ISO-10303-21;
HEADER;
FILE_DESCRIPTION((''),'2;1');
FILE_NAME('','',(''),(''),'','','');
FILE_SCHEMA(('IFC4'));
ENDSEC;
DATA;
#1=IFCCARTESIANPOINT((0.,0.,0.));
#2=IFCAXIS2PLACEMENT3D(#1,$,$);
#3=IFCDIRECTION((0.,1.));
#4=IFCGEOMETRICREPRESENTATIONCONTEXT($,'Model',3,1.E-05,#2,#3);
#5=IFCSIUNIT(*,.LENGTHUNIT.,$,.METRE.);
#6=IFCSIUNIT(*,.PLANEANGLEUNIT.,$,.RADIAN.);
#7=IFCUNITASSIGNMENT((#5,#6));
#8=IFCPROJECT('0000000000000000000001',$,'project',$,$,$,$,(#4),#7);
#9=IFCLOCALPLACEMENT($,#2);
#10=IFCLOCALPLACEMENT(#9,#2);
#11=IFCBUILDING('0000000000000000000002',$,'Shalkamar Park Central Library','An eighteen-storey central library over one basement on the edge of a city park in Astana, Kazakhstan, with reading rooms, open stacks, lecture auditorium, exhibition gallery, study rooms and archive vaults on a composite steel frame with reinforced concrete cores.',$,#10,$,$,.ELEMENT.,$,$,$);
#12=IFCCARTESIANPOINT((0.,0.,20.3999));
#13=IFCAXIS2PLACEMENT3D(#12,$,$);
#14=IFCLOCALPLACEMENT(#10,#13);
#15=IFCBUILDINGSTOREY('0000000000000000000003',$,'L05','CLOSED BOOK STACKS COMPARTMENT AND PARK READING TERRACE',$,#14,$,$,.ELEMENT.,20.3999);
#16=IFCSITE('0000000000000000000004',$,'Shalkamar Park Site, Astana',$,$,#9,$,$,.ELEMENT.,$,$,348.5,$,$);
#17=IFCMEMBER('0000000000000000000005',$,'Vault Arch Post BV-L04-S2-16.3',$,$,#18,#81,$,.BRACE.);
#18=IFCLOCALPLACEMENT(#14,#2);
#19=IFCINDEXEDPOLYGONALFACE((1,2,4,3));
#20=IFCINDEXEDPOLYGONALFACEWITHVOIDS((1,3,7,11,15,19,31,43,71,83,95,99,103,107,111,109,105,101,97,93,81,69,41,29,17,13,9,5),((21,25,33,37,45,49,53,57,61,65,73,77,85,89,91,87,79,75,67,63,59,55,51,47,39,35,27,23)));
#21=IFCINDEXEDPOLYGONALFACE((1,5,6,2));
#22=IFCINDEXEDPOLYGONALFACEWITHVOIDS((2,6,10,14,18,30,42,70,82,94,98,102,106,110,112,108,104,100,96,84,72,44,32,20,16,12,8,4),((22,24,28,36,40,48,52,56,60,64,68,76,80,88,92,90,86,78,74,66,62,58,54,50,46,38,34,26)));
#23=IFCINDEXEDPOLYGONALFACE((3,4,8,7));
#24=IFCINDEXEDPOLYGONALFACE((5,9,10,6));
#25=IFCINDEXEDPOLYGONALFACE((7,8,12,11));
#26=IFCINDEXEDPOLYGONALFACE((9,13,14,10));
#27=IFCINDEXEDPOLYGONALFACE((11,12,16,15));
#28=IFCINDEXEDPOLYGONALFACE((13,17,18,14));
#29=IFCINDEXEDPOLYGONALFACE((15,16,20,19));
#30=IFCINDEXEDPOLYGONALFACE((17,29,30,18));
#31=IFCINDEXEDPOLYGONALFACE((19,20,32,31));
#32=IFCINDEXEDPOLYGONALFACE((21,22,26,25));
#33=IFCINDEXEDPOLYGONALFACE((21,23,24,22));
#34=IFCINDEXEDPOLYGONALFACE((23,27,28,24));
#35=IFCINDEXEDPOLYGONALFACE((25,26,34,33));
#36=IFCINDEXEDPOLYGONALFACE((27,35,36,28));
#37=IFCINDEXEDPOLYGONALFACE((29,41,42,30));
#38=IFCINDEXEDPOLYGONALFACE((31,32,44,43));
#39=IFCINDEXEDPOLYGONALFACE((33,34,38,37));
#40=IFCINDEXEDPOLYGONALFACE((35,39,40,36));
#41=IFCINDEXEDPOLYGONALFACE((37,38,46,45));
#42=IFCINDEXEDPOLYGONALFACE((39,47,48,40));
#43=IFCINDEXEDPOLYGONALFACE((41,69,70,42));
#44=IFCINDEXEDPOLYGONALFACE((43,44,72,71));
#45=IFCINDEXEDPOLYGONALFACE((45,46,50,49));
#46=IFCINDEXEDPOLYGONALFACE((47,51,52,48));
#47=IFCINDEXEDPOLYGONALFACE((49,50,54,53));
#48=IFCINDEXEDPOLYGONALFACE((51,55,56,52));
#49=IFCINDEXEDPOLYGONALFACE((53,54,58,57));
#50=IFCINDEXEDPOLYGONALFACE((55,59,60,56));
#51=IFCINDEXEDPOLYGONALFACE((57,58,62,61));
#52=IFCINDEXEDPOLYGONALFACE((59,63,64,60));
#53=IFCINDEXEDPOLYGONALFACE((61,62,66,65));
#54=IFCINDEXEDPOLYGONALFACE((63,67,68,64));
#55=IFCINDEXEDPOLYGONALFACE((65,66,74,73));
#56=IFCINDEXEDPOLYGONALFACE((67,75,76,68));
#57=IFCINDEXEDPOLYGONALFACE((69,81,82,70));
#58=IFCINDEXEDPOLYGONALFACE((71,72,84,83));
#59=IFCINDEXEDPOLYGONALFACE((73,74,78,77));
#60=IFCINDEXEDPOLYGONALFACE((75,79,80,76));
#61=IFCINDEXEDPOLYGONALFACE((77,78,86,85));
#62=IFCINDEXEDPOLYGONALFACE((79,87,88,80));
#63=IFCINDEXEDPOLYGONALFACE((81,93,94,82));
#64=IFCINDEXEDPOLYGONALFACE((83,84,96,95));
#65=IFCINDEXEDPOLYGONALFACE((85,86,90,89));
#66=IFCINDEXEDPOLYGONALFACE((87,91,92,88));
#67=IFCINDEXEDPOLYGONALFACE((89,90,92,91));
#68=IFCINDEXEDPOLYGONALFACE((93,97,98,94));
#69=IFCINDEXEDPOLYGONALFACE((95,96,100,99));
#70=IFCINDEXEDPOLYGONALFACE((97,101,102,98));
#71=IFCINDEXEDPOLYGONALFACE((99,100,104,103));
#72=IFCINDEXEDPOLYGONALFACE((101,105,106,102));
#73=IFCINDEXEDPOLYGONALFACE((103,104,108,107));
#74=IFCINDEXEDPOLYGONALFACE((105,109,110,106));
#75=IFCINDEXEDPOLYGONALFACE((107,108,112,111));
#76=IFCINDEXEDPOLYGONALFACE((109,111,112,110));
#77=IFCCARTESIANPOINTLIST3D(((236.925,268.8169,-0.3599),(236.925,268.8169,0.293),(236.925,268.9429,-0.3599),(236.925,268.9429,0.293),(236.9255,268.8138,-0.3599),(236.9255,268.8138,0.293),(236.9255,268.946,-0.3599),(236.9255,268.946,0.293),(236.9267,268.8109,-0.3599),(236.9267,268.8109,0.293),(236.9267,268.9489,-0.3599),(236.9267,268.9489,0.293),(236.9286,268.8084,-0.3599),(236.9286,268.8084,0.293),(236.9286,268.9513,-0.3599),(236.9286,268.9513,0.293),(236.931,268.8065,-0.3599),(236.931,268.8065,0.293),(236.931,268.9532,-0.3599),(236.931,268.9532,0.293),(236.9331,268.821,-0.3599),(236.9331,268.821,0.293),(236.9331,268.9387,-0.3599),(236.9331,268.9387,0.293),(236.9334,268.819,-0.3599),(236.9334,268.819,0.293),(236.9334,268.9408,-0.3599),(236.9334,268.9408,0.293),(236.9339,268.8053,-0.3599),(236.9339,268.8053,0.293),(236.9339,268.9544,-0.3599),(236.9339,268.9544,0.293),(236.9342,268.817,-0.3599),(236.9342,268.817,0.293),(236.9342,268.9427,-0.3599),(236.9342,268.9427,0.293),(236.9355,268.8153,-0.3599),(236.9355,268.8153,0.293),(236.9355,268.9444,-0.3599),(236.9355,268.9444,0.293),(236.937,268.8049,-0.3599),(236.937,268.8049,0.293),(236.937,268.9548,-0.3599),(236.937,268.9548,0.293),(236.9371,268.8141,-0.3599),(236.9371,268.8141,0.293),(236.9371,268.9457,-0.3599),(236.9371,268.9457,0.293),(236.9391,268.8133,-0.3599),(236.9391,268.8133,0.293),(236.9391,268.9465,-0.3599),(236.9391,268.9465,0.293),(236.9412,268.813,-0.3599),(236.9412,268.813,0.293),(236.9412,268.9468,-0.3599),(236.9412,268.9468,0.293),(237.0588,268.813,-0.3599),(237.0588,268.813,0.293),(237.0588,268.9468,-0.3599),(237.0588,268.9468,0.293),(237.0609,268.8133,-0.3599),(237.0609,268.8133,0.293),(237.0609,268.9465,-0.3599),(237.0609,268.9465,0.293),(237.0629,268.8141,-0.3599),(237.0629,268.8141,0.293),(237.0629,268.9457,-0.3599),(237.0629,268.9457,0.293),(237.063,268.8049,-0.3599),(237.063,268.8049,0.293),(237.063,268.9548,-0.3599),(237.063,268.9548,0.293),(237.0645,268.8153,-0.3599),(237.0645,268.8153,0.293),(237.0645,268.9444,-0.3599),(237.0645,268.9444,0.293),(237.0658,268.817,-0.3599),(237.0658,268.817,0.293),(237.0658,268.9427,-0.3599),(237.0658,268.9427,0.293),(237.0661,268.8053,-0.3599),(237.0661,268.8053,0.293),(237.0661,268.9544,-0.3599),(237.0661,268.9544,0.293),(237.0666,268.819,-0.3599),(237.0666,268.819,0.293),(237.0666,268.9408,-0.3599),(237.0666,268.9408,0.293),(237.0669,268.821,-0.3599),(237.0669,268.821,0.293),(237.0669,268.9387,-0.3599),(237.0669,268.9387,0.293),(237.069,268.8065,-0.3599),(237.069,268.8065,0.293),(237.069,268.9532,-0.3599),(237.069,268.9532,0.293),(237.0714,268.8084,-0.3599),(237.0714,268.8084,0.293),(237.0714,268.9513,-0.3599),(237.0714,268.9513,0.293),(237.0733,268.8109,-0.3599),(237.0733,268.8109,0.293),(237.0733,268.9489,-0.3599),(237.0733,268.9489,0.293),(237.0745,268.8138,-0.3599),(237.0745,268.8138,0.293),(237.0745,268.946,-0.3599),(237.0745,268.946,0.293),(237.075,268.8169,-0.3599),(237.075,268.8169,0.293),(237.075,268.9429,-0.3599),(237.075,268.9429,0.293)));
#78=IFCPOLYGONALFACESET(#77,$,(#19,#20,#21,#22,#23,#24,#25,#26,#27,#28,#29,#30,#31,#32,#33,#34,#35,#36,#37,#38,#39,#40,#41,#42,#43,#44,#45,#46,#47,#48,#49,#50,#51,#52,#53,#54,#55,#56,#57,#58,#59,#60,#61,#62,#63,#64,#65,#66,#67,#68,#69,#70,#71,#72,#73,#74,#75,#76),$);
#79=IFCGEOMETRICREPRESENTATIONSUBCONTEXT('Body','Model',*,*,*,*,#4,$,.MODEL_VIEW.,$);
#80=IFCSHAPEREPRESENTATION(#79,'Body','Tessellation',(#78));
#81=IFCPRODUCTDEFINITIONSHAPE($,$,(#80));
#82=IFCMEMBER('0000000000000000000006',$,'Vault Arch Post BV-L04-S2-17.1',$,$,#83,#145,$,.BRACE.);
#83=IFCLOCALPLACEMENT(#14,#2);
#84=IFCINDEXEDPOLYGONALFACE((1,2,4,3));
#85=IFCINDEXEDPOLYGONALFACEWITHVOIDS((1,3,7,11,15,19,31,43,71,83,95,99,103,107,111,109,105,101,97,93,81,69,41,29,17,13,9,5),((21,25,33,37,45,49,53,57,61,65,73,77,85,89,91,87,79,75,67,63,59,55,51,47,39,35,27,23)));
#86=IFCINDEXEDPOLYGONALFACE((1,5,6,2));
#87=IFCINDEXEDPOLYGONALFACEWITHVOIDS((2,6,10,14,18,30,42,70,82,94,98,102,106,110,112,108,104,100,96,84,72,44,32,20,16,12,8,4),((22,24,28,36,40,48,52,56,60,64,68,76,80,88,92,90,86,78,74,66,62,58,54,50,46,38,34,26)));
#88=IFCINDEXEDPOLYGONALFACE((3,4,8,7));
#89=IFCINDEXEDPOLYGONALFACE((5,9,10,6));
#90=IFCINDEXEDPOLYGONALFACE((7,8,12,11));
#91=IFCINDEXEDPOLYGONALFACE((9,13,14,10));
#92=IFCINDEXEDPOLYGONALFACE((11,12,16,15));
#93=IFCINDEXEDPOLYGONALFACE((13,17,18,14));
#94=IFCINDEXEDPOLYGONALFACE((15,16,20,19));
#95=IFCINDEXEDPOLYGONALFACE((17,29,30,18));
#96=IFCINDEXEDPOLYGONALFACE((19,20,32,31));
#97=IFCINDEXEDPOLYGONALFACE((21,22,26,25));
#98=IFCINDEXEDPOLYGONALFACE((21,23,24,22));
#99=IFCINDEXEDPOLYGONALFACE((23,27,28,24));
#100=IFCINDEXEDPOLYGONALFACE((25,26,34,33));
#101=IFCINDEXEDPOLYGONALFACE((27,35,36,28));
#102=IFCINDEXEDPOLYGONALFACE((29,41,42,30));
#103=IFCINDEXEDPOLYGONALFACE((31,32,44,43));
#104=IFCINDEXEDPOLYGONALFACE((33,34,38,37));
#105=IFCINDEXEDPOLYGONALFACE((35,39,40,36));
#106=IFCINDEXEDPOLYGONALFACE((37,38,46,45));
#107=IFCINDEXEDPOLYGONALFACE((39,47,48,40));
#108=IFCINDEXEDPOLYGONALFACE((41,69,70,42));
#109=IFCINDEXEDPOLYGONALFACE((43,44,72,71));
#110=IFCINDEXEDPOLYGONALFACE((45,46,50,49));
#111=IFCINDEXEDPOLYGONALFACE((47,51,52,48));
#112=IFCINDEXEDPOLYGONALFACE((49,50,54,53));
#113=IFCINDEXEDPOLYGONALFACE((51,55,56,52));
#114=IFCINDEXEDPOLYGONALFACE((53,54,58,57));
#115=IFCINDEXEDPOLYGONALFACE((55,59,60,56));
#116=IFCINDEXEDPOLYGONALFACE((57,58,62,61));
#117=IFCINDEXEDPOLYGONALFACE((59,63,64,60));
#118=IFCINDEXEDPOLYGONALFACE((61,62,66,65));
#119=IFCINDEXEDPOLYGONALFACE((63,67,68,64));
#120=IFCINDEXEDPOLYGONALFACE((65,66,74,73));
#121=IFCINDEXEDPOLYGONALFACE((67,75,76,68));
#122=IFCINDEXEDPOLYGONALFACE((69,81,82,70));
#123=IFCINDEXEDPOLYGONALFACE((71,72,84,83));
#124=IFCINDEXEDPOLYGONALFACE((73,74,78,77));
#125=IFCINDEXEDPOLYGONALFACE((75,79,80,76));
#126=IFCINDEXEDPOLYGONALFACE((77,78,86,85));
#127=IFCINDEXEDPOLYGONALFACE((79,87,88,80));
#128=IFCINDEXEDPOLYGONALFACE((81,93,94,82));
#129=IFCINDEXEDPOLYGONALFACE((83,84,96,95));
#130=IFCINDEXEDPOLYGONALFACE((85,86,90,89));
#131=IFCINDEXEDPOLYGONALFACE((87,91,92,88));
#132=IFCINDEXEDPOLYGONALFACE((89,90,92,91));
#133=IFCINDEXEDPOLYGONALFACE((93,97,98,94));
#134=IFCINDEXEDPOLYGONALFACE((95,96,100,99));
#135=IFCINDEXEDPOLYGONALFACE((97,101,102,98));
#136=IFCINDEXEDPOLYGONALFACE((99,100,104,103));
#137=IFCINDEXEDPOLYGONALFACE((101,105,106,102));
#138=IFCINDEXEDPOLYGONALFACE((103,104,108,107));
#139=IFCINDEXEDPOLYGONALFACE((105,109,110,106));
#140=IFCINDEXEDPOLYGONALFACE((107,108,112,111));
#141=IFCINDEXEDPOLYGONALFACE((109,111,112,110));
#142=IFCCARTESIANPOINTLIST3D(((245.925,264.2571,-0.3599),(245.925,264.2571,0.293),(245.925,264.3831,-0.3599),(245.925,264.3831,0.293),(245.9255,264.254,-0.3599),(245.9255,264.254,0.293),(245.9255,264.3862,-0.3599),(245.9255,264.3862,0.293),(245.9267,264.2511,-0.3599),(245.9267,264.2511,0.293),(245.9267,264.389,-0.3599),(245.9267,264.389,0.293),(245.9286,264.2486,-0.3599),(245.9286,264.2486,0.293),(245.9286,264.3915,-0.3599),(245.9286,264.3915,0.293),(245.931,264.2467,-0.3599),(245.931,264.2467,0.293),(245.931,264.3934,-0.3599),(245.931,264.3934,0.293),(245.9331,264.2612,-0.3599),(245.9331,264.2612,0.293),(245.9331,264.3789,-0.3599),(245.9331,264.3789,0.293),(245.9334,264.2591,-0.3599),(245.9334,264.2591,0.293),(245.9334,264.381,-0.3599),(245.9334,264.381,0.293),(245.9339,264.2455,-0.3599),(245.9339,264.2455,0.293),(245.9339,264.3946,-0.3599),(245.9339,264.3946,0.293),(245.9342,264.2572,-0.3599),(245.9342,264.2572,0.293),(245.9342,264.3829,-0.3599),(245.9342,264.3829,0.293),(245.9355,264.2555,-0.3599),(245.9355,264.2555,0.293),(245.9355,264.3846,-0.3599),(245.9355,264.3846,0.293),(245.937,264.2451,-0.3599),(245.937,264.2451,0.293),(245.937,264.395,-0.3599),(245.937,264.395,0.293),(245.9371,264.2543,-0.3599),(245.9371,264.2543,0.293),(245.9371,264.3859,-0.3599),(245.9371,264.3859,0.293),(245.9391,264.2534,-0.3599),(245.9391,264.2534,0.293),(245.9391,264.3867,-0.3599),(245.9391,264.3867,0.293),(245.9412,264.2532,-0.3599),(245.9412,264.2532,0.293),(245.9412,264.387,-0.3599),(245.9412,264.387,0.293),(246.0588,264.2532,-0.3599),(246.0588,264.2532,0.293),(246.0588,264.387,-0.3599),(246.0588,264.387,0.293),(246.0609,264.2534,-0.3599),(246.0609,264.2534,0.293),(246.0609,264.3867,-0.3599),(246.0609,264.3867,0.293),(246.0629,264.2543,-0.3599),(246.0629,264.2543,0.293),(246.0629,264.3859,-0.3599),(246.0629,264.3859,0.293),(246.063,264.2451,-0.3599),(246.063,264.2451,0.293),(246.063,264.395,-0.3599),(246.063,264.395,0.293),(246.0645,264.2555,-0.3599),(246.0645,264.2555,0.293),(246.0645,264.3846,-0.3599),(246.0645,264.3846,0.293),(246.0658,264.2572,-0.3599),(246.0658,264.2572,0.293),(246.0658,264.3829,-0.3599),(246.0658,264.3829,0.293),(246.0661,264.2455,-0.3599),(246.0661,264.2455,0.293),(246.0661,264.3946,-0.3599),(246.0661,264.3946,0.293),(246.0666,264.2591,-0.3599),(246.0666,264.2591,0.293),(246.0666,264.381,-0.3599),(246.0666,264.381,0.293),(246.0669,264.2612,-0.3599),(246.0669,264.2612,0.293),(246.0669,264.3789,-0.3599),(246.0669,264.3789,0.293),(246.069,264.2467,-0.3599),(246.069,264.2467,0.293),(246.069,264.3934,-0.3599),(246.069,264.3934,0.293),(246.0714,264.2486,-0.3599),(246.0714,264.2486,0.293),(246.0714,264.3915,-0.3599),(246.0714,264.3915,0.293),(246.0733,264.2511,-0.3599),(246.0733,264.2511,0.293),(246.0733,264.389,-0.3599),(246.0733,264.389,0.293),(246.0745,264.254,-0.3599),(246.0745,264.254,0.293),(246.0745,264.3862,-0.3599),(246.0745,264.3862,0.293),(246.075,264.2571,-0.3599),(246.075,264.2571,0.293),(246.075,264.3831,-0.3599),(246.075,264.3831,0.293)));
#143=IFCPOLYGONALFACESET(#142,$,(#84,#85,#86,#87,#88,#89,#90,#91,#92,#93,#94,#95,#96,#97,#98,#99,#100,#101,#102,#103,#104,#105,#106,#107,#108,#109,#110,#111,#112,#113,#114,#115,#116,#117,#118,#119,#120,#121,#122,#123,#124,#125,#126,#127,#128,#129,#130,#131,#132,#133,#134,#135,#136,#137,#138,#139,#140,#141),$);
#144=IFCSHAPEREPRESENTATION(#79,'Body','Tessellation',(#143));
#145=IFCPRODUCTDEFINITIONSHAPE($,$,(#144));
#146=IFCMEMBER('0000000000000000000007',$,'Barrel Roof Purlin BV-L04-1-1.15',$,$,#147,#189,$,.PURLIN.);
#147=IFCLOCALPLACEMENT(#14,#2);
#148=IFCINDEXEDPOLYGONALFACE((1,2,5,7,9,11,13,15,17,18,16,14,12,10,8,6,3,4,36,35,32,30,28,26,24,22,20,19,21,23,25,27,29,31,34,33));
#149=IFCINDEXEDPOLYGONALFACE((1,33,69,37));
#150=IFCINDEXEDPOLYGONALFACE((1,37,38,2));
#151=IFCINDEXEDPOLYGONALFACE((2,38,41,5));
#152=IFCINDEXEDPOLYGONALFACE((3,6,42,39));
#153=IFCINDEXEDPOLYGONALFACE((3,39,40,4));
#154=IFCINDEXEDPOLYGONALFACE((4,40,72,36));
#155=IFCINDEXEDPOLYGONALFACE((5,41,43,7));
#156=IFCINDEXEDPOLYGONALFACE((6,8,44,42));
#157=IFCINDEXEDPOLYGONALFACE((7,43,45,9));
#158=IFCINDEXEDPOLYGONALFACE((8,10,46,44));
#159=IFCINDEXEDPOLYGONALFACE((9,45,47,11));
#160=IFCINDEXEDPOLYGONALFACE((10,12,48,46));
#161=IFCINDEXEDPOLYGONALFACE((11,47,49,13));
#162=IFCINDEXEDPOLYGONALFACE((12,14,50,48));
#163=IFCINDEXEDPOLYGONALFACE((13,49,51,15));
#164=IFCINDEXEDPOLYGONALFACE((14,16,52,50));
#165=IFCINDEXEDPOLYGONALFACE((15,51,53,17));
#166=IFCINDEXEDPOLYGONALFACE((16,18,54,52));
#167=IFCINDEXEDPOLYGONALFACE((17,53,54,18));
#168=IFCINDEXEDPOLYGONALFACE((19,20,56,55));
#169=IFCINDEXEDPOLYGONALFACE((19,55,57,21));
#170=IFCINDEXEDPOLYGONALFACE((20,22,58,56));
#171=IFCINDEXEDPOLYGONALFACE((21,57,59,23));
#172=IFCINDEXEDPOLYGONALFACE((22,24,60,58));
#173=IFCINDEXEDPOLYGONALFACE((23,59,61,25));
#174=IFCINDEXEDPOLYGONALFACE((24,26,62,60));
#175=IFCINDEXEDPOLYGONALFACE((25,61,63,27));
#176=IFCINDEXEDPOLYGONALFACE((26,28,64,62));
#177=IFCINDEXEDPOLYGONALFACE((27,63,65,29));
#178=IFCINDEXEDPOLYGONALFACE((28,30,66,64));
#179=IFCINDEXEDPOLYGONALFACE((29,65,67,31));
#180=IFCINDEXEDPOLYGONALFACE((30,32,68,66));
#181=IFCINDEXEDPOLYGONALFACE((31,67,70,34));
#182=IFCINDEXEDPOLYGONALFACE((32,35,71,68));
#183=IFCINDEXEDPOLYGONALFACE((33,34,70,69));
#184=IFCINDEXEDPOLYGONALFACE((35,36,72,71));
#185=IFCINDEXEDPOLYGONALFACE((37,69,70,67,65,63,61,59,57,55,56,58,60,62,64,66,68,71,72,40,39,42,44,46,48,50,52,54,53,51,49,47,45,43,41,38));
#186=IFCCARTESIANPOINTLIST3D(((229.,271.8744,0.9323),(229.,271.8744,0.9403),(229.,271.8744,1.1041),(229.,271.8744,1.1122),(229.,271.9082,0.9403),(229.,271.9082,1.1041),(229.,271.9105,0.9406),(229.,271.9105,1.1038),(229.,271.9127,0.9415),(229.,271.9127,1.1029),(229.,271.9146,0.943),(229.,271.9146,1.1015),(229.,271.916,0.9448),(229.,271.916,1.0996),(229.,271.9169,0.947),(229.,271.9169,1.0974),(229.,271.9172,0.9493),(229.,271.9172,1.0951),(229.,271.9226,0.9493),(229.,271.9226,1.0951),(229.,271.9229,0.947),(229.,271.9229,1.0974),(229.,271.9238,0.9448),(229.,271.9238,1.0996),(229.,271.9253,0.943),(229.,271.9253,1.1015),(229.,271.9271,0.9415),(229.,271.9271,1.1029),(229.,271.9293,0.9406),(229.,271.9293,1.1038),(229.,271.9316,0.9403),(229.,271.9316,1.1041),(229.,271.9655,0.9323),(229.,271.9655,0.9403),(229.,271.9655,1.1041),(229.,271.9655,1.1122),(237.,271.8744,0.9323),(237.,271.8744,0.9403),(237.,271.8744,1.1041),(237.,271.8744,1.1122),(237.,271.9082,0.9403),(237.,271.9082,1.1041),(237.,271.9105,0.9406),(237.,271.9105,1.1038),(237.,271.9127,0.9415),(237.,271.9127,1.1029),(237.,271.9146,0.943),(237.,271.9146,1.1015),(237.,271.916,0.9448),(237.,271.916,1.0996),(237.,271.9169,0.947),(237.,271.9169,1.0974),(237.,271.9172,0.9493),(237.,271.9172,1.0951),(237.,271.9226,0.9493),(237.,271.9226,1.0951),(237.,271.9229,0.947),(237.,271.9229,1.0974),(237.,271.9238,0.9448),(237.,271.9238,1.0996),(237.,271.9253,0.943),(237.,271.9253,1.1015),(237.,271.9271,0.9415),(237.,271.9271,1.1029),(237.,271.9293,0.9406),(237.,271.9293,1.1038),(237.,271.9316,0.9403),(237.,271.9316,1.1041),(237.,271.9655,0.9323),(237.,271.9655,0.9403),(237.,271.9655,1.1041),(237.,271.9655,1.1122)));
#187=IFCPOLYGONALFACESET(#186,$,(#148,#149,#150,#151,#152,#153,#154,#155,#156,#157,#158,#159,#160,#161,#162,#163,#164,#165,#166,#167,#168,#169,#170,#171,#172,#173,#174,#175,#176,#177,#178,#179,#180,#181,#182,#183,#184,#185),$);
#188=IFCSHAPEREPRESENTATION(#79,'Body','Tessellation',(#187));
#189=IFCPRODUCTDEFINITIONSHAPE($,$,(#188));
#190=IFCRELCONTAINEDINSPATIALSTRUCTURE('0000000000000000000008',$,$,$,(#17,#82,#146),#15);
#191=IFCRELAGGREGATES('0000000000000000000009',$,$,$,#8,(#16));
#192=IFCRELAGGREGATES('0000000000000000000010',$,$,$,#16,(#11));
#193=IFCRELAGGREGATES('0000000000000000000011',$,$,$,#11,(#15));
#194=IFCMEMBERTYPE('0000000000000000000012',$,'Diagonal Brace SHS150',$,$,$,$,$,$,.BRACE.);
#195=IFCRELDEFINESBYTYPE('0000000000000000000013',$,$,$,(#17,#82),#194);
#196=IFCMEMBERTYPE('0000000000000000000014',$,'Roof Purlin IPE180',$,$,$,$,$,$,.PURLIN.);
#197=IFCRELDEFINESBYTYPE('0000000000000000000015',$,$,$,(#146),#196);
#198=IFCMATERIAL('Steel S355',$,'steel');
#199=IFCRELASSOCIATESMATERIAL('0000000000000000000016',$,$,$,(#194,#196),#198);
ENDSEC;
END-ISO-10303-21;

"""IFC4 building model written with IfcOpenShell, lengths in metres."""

from ifc_helpers import new_model, si_unit, direction, frame, origin, origin_2d, place, context, subcontext, project, spatial, hollow_rectangle, i_section, extrude, material, material_profile, profile_set, type_object, element, save


model = new_model("IFC4")

# Units and contexts
model_context = context("Model", 3, precision=1e-05, world=origin(), true_north=direction((0.0, 1.0)))
body_context = subcontext(model_context, "Body", "Model", "MODEL_VIEW")
ifc_project = project(units=[si_unit("LENGTHUNIT", "METRE"), si_unit("PLANEANGLEUNIT", "RADIAN")], contexts=[model_context])

# Site, building, storey
site_placement = place(None, origin())
site = spatial("IfcSite", under=ifc_project, at=site_placement, Name="Shalkamar Park Site, Astana", CompositionType="ELEMENT", RefElevation=348.5)
building_placement = place(site_placement, origin())
building = spatial("IfcBuilding", under=site, at=building_placement, Name="Shalkamar Park Central Library", Description="An eighteen-storey central library over one basement on the edge of a city park in Astana, Kazakhstan, with reading rooms, open stacks, lecture auditorium, exhibition gallery, study rooms and archive vaults on a composite steel frame with reinforced concrete cores.", CompositionType="ELEMENT")
storey_placement = place(building_placement, frame((0.0, 0.0, 20.3999)))
storey = spatial("IfcBuildingStorey", under=building, at=storey_placement, Name="L05", Description="CLOSED BOOK STACKS COMPARTMENT AND PARK READING TERRACE", CompositionType="ELEMENT", Elevation=20.3999)

# Members
ifc_material_1 = material(Name="Steel S355", Category="steel")
ifc_material_profile_1 = material_profile(ifc_material_1, hollow_rectangle(XDim=0.1499, YDim=0.1499, WallThickness=0.0081, InnerFilletRadius=0.0081, OuterFilletRadius=0.012, at=origin_2d()), Name="SHS 150x150x8")
ifc_profile_set_1 = profile_set([ifc_material_profile_1], Name="Steel S355")
member_type_1 = type_object("IfcMemberType", Name="Diagonal Brace SHS150", PredefinedType="BRACE", material=ifc_profile_set_1)
for number, where, z_axis, x_axis, name in (
    (1, (237.0, 268.8799, -0.3599), (0.0, 0.0, 1.0), (1.0, 0.0, 0.0), "Vault Arch Post BV-L04-S2-16.3"),
    (2, (246.0, 264.3201, -0.3599), (0.0, 0.0, 1.0), (1.0, 0.0, 0.0), "Vault Arch Post BV-L04-S2-17.1"),
):
    element("IfcMember", number, at=place(storey_placement, frame(where, z_axis=z_axis, x_axis=x_axis)), inside=storey, type_object=member_type_1, Name=name, PredefinedType="BRACE", context=body_context, shape_type="SweptSolid", body=[
        extrude(hollow_rectangle(XDim=0.1499, YDim=0.1499, WallThickness=0.0081, InnerFilletRadius=0.0081, OuterFilletRadius=0.012, at=origin_2d()), origin(), (0.0, 0.0, 1.0), 0.6528),
    ])
ifc_material_profile_2 = material_profile(ifc_material_1, i_section(OverallWidth=0.0911, OverallDepth=0.1799, WebThickness=0.0054, FlangeThickness=0.0081, FilletRadius=0.009, at=origin_2d()), Name="IPE 180")
ifc_profile_set_2 = profile_set([ifc_material_profile_2], Name="Steel S355")
member_type_2 = type_object("IfcMemberType", Name="Roof Purlin IPE180", PredefinedType="PURLIN", material=ifc_profile_set_2)
member_1_placement = place(storey_placement, frame((229.0, 271.9199, 1.0222), z_axis=(1.0, 0.0, 0.0), x_axis=(0.0, 1.0, 0.0)))
element("IfcMember", 3, at=member_1_placement, inside=storey, type_object=member_type_2, Name="Barrel Roof Purlin BV-L04-1-1.15", PredefinedType="PURLIN", context=body_context, shape_type="SweptSolid", body=[
    extrude(i_section(OverallWidth=0.0911, OverallDepth=0.1799, WebThickness=0.0054, FlangeThickness=0.0081, FilletRadius=0.009, at=origin_2d()), origin(), (0.0, 0.0, 1.0), 8.0),
])

save(model, "model.ifc")
